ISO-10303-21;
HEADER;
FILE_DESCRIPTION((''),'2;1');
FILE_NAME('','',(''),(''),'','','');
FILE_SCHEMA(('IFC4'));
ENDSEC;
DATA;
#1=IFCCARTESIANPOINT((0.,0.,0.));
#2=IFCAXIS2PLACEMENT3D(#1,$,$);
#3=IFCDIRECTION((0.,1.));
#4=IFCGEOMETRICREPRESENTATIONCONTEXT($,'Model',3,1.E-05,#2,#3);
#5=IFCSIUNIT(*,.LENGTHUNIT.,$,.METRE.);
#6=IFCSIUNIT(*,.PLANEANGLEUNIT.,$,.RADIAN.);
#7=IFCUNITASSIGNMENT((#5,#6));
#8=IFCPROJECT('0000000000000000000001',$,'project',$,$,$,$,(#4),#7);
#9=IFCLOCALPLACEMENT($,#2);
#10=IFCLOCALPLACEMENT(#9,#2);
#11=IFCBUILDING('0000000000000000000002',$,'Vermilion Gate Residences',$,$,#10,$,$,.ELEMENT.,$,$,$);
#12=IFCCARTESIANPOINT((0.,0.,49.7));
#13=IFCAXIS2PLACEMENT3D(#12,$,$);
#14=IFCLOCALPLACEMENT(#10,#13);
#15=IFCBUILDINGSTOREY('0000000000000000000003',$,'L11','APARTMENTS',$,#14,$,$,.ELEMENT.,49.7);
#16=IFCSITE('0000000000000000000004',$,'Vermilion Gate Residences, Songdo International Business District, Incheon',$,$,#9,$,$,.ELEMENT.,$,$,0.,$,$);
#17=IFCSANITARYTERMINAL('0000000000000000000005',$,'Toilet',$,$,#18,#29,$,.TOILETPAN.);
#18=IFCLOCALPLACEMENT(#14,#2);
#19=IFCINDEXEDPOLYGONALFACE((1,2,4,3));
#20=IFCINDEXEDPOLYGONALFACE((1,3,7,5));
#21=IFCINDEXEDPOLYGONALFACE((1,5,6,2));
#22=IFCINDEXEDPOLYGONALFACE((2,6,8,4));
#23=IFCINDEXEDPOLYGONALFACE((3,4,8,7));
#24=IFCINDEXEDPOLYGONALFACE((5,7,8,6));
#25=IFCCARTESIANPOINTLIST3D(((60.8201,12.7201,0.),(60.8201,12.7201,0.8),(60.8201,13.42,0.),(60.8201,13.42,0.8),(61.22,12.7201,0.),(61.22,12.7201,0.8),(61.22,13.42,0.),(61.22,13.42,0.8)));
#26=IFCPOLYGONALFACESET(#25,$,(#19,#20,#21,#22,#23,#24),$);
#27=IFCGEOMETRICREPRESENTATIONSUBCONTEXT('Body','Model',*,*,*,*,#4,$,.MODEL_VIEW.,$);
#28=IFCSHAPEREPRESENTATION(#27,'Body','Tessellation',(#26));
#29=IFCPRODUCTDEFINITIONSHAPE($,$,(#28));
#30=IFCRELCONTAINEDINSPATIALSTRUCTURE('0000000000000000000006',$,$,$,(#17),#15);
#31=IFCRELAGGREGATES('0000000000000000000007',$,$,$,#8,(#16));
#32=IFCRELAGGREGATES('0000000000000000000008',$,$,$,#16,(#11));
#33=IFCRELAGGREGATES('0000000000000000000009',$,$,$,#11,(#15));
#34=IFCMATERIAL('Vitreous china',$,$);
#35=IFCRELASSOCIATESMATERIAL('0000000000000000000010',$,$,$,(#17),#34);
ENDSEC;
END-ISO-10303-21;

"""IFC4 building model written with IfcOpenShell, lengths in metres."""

from ifc_helpers import new_model, si_unit, direction, frame, origin, origin_2d, place, context, subcontext, project, spatial, rectangle, extrude, material, element, save


model = new_model("IFC4")

# Units and contexts
model_context = context("Model", 3, precision=1e-05, world=origin(), true_north=direction((0.0, 1.0)))
body_context = subcontext(model_context, "Body", "Model", "MODEL_VIEW")
ifc_project = project(units=[si_unit("LENGTHUNIT", "METRE"), si_unit("PLANEANGLEUNIT", "RADIAN")], contexts=[model_context])

# Site, building, storey
site_placement = place(None, origin())
site = spatial("IfcSite", under=ifc_project, at=site_placement, Name="Vermilion Gate Residences, Songdo International Business District, Incheon", CompositionType="ELEMENT", RefElevation=0.0)
building_placement = place(site_placement, origin())
building = spatial("IfcBuilding", under=site, at=building_placement, Name="Vermilion Gate Residences", CompositionType="ELEMENT")
storey_placement = place(building_placement, frame((0.0, 0.0, 49.7)))
storey = spatial("IfcBuildingStorey", under=building, at=storey_placement, Name="L11", Description="APARTMENTS", CompositionType="ELEMENT", Elevation=49.7)

# Sanitary terminal
ifc_material_1 = material(Name="Vitreous china")
sanitary_terminal_1_placement = place(storey_placement, frame((61.02, 13.0701, 0.0), z_axis=(0.0, 0.0, 1.0), x_axis=(1.0, 0.0, 0.0)))
element("IfcSanitaryTerminal", 1, at=sanitary_terminal_1_placement, inside=storey, material=ifc_material_1, Name="Toilet", PredefinedType="TOILETPAN", context=body_context, shape_type="SweptSolid", body=[
    extrude(rectangle(XDim=0.3999, YDim=0.7, at=origin_2d()), origin(), (0.0, 0.0, 1.0), 0.8),
])

save(model, "model.ifc")
